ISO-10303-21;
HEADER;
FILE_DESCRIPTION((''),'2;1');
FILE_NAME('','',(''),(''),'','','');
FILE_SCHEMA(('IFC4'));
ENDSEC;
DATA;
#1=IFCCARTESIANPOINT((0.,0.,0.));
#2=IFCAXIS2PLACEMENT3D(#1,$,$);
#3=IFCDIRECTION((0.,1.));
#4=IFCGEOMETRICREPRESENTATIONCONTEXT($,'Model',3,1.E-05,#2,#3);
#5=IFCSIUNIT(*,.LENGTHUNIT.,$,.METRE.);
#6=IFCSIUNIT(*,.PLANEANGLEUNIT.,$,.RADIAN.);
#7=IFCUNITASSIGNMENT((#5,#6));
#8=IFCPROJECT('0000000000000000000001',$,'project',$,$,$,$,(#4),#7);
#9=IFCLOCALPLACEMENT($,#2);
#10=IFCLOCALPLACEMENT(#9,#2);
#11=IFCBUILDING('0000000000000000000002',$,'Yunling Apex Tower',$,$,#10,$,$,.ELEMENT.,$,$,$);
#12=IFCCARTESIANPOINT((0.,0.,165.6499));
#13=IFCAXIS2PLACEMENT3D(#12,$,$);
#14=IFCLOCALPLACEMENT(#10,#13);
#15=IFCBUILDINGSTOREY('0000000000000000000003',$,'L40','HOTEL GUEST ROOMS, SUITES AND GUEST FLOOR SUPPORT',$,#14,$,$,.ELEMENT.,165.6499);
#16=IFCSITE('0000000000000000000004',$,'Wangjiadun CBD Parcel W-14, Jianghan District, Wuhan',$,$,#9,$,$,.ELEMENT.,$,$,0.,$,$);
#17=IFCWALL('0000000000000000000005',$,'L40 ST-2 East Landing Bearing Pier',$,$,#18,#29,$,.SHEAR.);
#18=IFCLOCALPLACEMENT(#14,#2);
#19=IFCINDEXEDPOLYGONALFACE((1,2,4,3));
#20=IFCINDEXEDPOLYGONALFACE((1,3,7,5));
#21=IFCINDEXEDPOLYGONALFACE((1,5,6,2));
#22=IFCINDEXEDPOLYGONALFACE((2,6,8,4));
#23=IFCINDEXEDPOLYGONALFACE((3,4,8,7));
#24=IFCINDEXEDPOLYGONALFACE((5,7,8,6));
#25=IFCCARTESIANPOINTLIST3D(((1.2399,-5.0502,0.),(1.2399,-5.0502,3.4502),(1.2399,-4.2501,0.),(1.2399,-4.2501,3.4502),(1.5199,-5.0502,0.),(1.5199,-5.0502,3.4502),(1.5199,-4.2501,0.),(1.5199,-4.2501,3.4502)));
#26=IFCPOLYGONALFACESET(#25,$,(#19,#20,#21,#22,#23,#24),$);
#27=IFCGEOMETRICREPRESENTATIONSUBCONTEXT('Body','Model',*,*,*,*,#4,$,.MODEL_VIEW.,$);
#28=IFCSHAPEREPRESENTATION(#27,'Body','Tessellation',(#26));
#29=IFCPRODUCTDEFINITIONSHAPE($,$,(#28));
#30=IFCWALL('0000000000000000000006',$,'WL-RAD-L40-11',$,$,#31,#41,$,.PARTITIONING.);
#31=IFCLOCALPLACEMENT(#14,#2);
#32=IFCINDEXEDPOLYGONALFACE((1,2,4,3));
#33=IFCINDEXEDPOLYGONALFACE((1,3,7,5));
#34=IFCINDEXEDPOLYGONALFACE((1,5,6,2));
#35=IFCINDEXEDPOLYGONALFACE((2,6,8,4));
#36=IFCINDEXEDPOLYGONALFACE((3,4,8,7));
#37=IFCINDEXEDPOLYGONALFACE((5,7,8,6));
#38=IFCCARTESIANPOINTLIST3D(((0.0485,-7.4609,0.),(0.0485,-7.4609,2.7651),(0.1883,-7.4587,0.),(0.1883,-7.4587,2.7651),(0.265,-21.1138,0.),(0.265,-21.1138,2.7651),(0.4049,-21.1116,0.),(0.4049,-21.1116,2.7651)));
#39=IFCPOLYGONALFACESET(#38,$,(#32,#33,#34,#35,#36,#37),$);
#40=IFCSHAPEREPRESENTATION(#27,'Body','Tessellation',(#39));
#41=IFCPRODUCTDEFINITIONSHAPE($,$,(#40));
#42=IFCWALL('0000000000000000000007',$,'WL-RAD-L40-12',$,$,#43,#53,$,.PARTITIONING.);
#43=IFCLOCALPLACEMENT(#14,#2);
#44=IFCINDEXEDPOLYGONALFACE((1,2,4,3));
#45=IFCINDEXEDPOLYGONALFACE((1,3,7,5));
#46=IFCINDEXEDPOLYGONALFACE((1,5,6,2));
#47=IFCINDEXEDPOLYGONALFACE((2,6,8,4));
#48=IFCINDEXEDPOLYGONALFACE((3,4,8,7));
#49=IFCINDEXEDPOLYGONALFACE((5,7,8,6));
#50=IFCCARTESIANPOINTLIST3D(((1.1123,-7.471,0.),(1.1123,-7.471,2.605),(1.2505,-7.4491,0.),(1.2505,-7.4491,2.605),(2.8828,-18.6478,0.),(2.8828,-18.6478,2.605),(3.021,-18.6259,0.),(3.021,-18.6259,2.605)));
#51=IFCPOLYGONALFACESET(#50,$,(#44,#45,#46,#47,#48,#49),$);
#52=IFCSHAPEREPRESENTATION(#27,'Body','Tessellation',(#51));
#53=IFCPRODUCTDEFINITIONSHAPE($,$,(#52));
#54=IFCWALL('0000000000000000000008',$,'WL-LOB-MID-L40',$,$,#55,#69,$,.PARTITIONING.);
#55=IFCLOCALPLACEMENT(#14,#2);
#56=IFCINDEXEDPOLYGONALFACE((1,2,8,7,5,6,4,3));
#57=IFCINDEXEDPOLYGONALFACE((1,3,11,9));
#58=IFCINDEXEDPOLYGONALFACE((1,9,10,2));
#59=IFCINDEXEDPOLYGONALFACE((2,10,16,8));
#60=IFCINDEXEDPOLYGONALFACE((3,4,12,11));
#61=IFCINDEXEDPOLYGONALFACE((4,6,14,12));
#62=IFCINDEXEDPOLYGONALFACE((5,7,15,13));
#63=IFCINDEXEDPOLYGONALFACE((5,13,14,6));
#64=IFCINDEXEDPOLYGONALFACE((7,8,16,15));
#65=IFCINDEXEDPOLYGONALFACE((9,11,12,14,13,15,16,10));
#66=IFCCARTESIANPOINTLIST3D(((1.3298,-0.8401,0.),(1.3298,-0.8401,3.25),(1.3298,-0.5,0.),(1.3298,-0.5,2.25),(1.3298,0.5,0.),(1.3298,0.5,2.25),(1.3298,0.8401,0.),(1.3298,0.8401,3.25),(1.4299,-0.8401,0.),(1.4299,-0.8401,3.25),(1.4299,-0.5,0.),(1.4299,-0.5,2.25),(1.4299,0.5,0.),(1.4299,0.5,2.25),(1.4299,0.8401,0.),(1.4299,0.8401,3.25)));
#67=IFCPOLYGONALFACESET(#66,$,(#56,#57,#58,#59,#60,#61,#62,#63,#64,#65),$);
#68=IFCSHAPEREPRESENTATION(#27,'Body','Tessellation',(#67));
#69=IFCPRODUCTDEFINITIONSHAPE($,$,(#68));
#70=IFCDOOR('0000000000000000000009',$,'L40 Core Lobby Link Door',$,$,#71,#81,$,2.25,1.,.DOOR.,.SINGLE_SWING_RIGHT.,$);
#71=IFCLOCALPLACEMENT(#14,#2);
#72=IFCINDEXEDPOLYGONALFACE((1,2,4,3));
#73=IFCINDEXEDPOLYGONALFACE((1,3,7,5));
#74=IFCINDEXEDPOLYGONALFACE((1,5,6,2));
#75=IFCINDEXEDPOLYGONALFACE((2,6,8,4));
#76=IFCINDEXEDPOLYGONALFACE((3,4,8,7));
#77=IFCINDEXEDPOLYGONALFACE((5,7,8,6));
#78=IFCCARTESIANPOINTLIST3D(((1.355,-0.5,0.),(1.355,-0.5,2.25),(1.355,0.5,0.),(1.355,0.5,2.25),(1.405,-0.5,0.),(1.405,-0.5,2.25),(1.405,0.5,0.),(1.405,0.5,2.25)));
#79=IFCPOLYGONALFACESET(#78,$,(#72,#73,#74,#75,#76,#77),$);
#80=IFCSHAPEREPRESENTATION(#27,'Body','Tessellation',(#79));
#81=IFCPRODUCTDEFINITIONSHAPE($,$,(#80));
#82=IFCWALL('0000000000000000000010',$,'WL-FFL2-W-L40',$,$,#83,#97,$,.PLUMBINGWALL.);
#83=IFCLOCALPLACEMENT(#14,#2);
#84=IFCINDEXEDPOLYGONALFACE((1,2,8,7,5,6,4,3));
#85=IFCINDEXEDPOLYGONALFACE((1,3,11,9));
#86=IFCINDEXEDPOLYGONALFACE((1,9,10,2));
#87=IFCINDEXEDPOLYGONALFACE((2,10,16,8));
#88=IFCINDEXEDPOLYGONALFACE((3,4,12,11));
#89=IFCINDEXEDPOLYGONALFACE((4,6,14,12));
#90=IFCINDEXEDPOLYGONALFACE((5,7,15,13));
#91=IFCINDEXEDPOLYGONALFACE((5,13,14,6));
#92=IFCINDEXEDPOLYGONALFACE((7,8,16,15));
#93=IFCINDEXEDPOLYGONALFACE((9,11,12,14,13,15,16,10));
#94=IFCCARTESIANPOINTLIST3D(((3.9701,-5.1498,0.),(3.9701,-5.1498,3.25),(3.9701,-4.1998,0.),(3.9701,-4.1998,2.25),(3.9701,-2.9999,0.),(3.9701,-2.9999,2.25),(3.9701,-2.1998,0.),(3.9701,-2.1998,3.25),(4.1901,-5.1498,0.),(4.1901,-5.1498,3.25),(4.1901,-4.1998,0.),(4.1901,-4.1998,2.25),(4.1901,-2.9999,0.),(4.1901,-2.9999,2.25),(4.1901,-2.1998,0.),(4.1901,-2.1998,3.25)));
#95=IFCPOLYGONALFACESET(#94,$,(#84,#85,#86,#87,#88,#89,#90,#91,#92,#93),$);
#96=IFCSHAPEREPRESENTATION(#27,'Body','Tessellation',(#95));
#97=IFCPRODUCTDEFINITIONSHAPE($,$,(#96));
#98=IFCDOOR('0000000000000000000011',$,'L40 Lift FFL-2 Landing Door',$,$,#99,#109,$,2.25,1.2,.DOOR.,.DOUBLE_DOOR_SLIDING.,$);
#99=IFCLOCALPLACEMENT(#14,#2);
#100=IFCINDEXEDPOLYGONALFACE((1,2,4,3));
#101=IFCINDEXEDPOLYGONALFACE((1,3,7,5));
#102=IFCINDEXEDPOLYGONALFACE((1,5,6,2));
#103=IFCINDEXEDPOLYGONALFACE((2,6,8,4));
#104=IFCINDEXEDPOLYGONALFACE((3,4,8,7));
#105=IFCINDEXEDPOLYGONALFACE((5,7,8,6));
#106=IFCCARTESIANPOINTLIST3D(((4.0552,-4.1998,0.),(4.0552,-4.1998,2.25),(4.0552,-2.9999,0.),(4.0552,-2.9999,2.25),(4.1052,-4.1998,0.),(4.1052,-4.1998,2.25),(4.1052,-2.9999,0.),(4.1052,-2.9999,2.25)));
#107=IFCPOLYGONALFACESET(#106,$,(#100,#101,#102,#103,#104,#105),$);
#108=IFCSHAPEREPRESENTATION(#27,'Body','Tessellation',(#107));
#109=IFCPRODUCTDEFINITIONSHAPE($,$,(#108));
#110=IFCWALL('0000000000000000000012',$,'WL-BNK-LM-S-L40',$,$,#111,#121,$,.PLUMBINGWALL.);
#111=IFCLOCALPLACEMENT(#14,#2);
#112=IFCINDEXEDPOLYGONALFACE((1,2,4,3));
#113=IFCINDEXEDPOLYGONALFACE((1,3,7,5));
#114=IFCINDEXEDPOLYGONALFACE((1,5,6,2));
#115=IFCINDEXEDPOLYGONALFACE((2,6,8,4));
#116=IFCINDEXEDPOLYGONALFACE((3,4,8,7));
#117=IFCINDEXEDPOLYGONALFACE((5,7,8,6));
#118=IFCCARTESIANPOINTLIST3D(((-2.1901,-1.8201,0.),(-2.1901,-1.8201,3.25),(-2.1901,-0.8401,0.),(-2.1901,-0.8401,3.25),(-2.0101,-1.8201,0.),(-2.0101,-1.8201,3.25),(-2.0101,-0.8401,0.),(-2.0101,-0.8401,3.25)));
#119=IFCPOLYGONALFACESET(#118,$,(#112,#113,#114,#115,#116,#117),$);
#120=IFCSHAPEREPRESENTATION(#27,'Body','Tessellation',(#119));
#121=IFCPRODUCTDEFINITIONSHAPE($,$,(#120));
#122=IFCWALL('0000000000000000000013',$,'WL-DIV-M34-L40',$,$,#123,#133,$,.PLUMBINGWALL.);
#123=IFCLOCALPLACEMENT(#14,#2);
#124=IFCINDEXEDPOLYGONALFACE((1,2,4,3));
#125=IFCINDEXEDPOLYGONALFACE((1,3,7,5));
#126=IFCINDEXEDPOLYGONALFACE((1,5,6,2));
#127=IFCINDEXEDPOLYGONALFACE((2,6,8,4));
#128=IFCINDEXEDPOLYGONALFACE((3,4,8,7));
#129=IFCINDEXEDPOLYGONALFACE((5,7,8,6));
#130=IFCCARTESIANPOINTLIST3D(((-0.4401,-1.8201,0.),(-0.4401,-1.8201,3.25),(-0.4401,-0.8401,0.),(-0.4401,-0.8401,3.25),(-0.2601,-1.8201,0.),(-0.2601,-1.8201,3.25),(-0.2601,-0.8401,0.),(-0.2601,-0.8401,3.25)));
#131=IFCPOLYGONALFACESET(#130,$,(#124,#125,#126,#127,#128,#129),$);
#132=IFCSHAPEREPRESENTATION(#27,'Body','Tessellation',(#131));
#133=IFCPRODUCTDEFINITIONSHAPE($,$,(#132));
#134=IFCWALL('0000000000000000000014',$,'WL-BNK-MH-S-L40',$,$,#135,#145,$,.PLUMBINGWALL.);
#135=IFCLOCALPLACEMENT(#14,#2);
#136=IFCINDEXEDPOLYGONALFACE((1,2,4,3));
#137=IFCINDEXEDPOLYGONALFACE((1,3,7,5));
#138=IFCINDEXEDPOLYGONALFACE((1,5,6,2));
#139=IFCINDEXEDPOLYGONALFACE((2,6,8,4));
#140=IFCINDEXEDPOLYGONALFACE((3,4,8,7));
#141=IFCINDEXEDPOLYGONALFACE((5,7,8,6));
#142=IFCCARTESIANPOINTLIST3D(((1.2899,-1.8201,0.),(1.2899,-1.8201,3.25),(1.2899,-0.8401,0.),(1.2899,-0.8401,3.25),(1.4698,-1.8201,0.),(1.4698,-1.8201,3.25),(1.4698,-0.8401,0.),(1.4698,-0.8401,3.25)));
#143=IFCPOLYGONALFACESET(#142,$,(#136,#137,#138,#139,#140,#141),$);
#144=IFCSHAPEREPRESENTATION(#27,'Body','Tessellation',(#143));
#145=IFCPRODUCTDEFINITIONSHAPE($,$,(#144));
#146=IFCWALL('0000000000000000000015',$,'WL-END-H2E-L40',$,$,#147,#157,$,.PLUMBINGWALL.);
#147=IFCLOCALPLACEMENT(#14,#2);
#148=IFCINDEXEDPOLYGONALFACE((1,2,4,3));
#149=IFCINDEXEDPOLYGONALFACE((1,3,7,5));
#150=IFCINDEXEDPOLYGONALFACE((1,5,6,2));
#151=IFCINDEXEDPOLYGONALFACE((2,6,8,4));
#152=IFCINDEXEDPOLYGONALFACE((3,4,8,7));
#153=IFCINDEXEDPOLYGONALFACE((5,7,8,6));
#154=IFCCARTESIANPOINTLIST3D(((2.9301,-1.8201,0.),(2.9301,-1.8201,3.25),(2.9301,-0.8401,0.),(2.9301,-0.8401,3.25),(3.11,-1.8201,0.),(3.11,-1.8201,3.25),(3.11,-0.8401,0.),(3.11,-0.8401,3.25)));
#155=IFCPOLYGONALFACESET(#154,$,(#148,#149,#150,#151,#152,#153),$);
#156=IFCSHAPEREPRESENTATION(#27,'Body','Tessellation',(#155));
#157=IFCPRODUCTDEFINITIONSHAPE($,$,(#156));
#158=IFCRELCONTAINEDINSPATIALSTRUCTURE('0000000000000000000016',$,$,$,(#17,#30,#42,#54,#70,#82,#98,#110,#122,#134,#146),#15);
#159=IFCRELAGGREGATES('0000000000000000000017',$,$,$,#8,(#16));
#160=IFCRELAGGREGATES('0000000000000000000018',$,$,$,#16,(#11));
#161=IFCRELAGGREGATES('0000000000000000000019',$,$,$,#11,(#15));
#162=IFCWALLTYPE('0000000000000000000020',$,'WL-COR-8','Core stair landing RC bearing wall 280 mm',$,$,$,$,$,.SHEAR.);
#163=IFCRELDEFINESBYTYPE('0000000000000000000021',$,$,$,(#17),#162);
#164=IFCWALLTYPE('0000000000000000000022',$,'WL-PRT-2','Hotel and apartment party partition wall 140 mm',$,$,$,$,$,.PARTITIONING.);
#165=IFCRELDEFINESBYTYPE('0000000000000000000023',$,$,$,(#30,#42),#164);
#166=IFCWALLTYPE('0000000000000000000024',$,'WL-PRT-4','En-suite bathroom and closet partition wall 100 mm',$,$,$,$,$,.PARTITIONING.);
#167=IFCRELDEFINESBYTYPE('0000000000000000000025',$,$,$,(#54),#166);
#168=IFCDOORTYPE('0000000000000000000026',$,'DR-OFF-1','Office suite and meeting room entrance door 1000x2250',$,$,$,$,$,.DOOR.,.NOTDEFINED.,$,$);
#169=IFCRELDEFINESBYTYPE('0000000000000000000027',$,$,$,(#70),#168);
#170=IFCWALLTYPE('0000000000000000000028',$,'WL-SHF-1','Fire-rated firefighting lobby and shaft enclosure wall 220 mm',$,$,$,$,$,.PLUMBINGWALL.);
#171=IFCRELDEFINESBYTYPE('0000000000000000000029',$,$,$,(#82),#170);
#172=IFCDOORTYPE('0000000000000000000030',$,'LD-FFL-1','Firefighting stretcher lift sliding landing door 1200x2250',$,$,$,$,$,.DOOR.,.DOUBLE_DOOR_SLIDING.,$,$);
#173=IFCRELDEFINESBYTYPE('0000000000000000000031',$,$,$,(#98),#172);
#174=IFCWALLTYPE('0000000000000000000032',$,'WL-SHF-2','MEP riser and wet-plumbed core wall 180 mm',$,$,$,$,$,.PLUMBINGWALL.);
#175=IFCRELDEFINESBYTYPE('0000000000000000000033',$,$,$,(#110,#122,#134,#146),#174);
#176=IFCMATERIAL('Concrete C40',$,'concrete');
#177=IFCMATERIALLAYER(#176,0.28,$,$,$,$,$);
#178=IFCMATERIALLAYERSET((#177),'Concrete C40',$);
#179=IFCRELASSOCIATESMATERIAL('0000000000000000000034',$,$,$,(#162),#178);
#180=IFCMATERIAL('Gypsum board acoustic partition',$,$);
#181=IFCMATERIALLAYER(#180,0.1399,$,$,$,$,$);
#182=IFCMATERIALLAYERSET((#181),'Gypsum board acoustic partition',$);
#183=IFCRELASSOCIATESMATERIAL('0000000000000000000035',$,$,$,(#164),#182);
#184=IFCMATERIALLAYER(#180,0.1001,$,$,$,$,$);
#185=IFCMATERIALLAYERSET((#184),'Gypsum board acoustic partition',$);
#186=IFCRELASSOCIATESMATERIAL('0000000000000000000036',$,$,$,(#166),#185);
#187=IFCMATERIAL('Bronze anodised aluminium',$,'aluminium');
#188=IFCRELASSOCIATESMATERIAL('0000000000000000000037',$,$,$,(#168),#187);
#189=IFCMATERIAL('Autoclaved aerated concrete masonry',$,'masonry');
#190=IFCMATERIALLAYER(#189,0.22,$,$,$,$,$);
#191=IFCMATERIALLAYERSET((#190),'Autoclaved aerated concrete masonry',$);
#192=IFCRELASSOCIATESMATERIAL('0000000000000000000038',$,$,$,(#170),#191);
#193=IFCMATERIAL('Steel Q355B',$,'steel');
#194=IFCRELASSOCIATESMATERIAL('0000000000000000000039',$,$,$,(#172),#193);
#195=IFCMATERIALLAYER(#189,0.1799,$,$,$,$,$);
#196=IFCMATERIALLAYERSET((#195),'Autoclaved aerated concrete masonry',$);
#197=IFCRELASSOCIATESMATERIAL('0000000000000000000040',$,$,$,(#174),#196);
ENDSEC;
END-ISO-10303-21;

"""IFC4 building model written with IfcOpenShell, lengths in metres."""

from ifc_helpers import new_model, si_unit, direction, frame, frame_2d, origin, place, context, subcontext, project, spatial, rectangle, extrude, material, layer, layer_set, type_object, element, fill, save


model = new_model("IFC4")

# Units and contexts
model_context = context("Model", 3, precision=1e-05, world=origin(), true_north=direction((0.0, 1.0)))
body_context = subcontext(model_context, "Body", "Model", "MODEL_VIEW")
ifc_project = project(units=[si_unit("LENGTHUNIT", "METRE"), si_unit("PLANEANGLEUNIT", "RADIAN")], contexts=[model_context])

# Site, building, storey
site_placement = place(None, origin())
site = spatial("IfcSite", under=ifc_project, at=site_placement, Name="Wangjiadun CBD Parcel W-14, Jianghan District, Wuhan", CompositionType="ELEMENT", RefElevation=0.0)
building_placement = place(site_placement, origin())
building = spatial("IfcBuilding", under=site, at=building_placement, Name="Yunling Apex Tower", CompositionType="ELEMENT")
storey_placement = place(building_placement, frame((0.0, 0.0, 165.6499)))
storey = spatial("IfcBuildingStorey", under=building, at=storey_placement, Name="L40", Description="HOTEL GUEST ROOMS, SUITES AND GUEST FLOOR SUPPORT", CompositionType="ELEMENT", Elevation=165.6499)

# Walls
ifc_material_1 = material(Name="Concrete C40", Category="concrete")
ifc_layer_1 = layer(ifc_material_1, 0.28)
ifc_layer_set_1 = layer_set([ifc_layer_1], Name="Concrete C40")
wall_type_1 = type_object("IfcWallType", Name="WL-COR-8", Description="Core stair landing RC bearing wall 280 mm", PredefinedType="SHEAR", material=ifc_layer_set_1)
wall_1_placement = place(storey_placement, frame((1.3799, -5.05, 0.0), z_axis=(0.0, 0.0, 1.0), x_axis=(0.0, 1.0, 0.0)))
element("IfcWall", 1, at=wall_1_placement, inside=storey, type_object=wall_type_1, Name="L40 ST-2 East Landing Bearing Pier", PredefinedType="SHEAR", context=body_context, shape_type="SweptSolid", body=[
    extrude(rectangle(XDim=0.8, YDim=0.28, at=frame_2d((0.3999, 0.0))), origin(), (0.0, 0.0, 1.0), 3.4502),
])
ifc_material_2 = material(Name="Gypsum board acoustic partition")
ifc_layer_2 = layer(ifc_material_2, 0.1399)
ifc_layer_set_2 = layer_set([ifc_layer_2], Name="Gypsum board acoustic partition")
wall_type_2 = type_object("IfcWallType", Name="WL-PRT-2", Description="Hotel and apartment party partition wall 140 mm", PredefinedType="PARTITIONING", material=ifc_layer_set_2)
wall_2_placement = place(storey_placement, frame((0.1184, -7.46, 0.0), z_axis=(0.0, 0.0, 1.0), x_axis=(0.015859, -0.999874, 0.0)))
element("IfcWall", 2, at=wall_2_placement, inside=storey, type_object=wall_type_2, Name="WL-RAD-L40-11", PredefinedType="PARTITIONING", context=body_context, shape_type="SweptSolid", body=[
    extrude(rectangle(XDim=13.6545, YDim=0.1399, at=frame_2d((6.8271, 0.0))), origin(), (0.0, 0.0, 1.0), 2.7651),
])
wall_3_placement = place(storey_placement, frame((1.1814, -7.46, 0.0), z_axis=(0.0, 0.0, 1.0), x_axis=(0.156459, -0.987684, 0.0)))
element("IfcWall", 3, at=wall_3_placement, inside=storey, type_object=wall_type_2, Name="WL-RAD-L40-12", PredefinedType="PARTITIONING", context=body_context, shape_type="SweptSolid", body=[
    extrude(rectangle(XDim=11.3162, YDim=0.1399, at=frame_2d((5.6582, 0.0))), origin(), (0.0, 0.0, 1.0), 2.605),
])

# Walls, openings, doors
ifc_layer_3 = layer(ifc_material_2, 0.1001)
ifc_layer_set_3 = layer_set([ifc_layer_3], Name="Gypsum board acoustic partition")
wall_type_3 = type_object("IfcWallType", Name="WL-PRT-4", Description="En-suite bathroom and closet partition wall 100 mm", PredefinedType="PARTITIONING", material=ifc_layer_set_3)
wall_4_placement = place(storey_placement, frame((1.3799, -0.8401, 0.0), z_axis=(0.0, 0.0, 1.0), x_axis=(0.0, 1.0, 0.0)))
wall_4 = element("IfcWall", 4, at=wall_4_placement, inside=storey, type_object=wall_type_3, Name="WL-LOB-MID-L40", PredefinedType="PARTITIONING", context=body_context, shape_type="SweptSolid", body=[
    extrude(rectangle(XDim=1.6802, YDim=0.1001, at=frame_2d((0.8401, 0.0))), origin(), (0.0, 0.0, 1.0), 3.25),
])
opening_1_placement = place(wall_4_placement, frame((0.3401, 0.0, 0.0)))
opening_1 = element("IfcOpeningElement", 5, at=opening_1_placement, cuts=wall_4, PredefinedType="OPENING", context=body_context, shape_type="SweptSolid", body=[
    extrude(rectangle(XDim=1.0, YDim=2.25, at=frame_2d((0.5, 1.125))), frame((0.0, 0.0601, 0.0), z_axis=(0.0, -1.0, 0.0), x_axis=(1.0, 0.0, 0.0)), (0.0, 0.0, 1.0), 0.1201),
])
ifc_material_3 = material(Name="Bronze anodised aluminium", Category="aluminium")
door_type_1 = type_object("IfcDoorType", Name="DR-OFF-1", Description="Office suite and meeting room entrance door 1000x2250", OperationType="NOTDEFINED", PredefinedType="DOOR", material=ifc_material_3)
door_1_placement = place(opening_1_placement, origin())
door_1 = element("IfcDoor", 6, at=door_1_placement, inside=storey, type_object=door_type_1, Name="L40 Core Lobby Link Door", OperationType="SINGLE_SWING_RIGHT", OverallHeight=2.25, OverallWidth=1.0, PredefinedType="DOOR", context=body_context, shape_type="SweptSolid", body=[
    extrude(rectangle(XDim=1.0, YDim=2.25, at=frame_2d((0.5, 1.125))), frame((0.0, 0.0249, 0.0), z_axis=(0.0, -1.0, 0.0), x_axis=(1.0, 0.0, 0.0)), (0.0, 0.0, 1.0), 0.05),
])
fill(opening_1, door_1)
ifc_material_4 = material(Name="Autoclaved aerated concrete masonry", Category="masonry")
ifc_layer_4 = layer(ifc_material_4, 0.22)
ifc_layer_set_4 = layer_set([ifc_layer_4], Name="Autoclaved aerated concrete masonry")
wall_type_4 = type_object("IfcWallType", Name="WL-SHF-1", Description="Fire-rated firefighting lobby and shaft enclosure wall 220 mm", PredefinedType="PLUMBINGWALL", material=ifc_layer_set_4)
ifc_material_5 = material(Name="Steel Q355B", Category="steel")
wall_5_placement = place(storey_placement, frame((4.0801, -5.1499, 0.0), z_axis=(0.0, 0.0, 1.0), x_axis=(0.0, 1.0, 0.0)))
wall_5 = element("IfcWall", 7, at=wall_5_placement, inside=storey, type_object=wall_type_4, Name="WL-FFL2-W-L40", PredefinedType="PLUMBINGWALL", context=body_context, shape_type="SweptSolid", body=[
    extrude(rectangle(XDim=2.95, YDim=0.22, at=frame_2d((1.4751, 0.0))), origin(), (0.0, 0.0, 1.0), 3.25),
])
opening_2_placement = place(wall_5_placement, frame((0.95, 0.0, 0.0)))
opening_2 = element("IfcOpeningElement", 8, at=opening_2_placement, cuts=wall_5, PredefinedType="OPENING", context=body_context, shape_type="SweptSolid", body=[
    extrude(rectangle(XDim=1.2, YDim=2.25, at=frame_2d((0.6001, 1.125))), frame((0.0, 0.1201, 0.0), z_axis=(0.0, -1.0, 0.0), x_axis=(1.0, 0.0, 0.0)), (0.0, 0.0, 1.0), 0.24),
])
door_type_2 = type_object("IfcDoorType", Name="LD-FFL-1", Description="Firefighting stretcher lift sliding landing door 1200x2250", OperationType="DOUBLE_DOOR_SLIDING", PredefinedType="DOOR", material=ifc_material_5)
door_2_placement = place(opening_2_placement, origin())
door_2 = element("IfcDoor", 9, at=door_2_placement, inside=storey, type_object=door_type_2, Name="L40 Lift FFL-2 Landing Door", OperationType="DOUBLE_DOOR_SLIDING", OverallHeight=2.25, OverallWidth=1.2, PredefinedType="DOOR", context=body_context, shape_type="SweptSolid", body=[
    extrude(rectangle(XDim=1.2, YDim=2.25, at=frame_2d((0.6001, 1.125))), frame((0.0, 0.0249, 0.0), z_axis=(0.0, -1.0, 0.0), x_axis=(1.0, 0.0, 0.0)), (0.0, 0.0, 1.0), 0.05),
])
fill(opening_2, door_2)

# Walls
ifc_layer_5 = layer(ifc_material_4, 0.1799)
ifc_layer_set_5 = layer_set([ifc_layer_5], Name="Autoclaved aerated concrete masonry")
wall_type_5 = type_object("IfcWallType", Name="WL-SHF-2", Description="MEP riser and wet-plumbed core wall 180 mm", PredefinedType="PLUMBINGWALL", material=ifc_layer_set_5)
for number, where, z_axis, x_axis, name in (
    (10, (-2.1001, -1.8201, 0.0), (0.0, 0.0, 1.0), (0.0, 1.0, 0.0), "WL-BNK-LM-S-L40"),
    (11, (-0.3501, -1.8201, 0.0), (0.0, 0.0, 1.0), (0.0, 1.0, 0.0), "WL-DIV-M34-L40"),
    (12, (1.3799, -1.8201, 0.0), (0.0, 0.0, 1.0), (0.0, 1.0, 0.0), "WL-BNK-MH-S-L40"),
    (13, (3.02, -1.8201, 0.0), (0.0, 0.0, 1.0), (0.0, 1.0, 0.0), "WL-END-H2E-L40"),
):
    element("IfcWall", number, at=place(storey_placement, frame(where, z_axis=z_axis, x_axis=x_axis)), inside=storey, type_object=wall_type_5, Name=name, PredefinedType="PLUMBINGWALL", context=body_context, shape_type="SweptSolid", body=[
        extrude(rectangle(XDim=0.98, YDim=0.1799, at=frame_2d((0.49, 0.0))), origin(), (0.0, 0.0, 1.0), 3.25),
    ])

save(model, "model.ifc")
